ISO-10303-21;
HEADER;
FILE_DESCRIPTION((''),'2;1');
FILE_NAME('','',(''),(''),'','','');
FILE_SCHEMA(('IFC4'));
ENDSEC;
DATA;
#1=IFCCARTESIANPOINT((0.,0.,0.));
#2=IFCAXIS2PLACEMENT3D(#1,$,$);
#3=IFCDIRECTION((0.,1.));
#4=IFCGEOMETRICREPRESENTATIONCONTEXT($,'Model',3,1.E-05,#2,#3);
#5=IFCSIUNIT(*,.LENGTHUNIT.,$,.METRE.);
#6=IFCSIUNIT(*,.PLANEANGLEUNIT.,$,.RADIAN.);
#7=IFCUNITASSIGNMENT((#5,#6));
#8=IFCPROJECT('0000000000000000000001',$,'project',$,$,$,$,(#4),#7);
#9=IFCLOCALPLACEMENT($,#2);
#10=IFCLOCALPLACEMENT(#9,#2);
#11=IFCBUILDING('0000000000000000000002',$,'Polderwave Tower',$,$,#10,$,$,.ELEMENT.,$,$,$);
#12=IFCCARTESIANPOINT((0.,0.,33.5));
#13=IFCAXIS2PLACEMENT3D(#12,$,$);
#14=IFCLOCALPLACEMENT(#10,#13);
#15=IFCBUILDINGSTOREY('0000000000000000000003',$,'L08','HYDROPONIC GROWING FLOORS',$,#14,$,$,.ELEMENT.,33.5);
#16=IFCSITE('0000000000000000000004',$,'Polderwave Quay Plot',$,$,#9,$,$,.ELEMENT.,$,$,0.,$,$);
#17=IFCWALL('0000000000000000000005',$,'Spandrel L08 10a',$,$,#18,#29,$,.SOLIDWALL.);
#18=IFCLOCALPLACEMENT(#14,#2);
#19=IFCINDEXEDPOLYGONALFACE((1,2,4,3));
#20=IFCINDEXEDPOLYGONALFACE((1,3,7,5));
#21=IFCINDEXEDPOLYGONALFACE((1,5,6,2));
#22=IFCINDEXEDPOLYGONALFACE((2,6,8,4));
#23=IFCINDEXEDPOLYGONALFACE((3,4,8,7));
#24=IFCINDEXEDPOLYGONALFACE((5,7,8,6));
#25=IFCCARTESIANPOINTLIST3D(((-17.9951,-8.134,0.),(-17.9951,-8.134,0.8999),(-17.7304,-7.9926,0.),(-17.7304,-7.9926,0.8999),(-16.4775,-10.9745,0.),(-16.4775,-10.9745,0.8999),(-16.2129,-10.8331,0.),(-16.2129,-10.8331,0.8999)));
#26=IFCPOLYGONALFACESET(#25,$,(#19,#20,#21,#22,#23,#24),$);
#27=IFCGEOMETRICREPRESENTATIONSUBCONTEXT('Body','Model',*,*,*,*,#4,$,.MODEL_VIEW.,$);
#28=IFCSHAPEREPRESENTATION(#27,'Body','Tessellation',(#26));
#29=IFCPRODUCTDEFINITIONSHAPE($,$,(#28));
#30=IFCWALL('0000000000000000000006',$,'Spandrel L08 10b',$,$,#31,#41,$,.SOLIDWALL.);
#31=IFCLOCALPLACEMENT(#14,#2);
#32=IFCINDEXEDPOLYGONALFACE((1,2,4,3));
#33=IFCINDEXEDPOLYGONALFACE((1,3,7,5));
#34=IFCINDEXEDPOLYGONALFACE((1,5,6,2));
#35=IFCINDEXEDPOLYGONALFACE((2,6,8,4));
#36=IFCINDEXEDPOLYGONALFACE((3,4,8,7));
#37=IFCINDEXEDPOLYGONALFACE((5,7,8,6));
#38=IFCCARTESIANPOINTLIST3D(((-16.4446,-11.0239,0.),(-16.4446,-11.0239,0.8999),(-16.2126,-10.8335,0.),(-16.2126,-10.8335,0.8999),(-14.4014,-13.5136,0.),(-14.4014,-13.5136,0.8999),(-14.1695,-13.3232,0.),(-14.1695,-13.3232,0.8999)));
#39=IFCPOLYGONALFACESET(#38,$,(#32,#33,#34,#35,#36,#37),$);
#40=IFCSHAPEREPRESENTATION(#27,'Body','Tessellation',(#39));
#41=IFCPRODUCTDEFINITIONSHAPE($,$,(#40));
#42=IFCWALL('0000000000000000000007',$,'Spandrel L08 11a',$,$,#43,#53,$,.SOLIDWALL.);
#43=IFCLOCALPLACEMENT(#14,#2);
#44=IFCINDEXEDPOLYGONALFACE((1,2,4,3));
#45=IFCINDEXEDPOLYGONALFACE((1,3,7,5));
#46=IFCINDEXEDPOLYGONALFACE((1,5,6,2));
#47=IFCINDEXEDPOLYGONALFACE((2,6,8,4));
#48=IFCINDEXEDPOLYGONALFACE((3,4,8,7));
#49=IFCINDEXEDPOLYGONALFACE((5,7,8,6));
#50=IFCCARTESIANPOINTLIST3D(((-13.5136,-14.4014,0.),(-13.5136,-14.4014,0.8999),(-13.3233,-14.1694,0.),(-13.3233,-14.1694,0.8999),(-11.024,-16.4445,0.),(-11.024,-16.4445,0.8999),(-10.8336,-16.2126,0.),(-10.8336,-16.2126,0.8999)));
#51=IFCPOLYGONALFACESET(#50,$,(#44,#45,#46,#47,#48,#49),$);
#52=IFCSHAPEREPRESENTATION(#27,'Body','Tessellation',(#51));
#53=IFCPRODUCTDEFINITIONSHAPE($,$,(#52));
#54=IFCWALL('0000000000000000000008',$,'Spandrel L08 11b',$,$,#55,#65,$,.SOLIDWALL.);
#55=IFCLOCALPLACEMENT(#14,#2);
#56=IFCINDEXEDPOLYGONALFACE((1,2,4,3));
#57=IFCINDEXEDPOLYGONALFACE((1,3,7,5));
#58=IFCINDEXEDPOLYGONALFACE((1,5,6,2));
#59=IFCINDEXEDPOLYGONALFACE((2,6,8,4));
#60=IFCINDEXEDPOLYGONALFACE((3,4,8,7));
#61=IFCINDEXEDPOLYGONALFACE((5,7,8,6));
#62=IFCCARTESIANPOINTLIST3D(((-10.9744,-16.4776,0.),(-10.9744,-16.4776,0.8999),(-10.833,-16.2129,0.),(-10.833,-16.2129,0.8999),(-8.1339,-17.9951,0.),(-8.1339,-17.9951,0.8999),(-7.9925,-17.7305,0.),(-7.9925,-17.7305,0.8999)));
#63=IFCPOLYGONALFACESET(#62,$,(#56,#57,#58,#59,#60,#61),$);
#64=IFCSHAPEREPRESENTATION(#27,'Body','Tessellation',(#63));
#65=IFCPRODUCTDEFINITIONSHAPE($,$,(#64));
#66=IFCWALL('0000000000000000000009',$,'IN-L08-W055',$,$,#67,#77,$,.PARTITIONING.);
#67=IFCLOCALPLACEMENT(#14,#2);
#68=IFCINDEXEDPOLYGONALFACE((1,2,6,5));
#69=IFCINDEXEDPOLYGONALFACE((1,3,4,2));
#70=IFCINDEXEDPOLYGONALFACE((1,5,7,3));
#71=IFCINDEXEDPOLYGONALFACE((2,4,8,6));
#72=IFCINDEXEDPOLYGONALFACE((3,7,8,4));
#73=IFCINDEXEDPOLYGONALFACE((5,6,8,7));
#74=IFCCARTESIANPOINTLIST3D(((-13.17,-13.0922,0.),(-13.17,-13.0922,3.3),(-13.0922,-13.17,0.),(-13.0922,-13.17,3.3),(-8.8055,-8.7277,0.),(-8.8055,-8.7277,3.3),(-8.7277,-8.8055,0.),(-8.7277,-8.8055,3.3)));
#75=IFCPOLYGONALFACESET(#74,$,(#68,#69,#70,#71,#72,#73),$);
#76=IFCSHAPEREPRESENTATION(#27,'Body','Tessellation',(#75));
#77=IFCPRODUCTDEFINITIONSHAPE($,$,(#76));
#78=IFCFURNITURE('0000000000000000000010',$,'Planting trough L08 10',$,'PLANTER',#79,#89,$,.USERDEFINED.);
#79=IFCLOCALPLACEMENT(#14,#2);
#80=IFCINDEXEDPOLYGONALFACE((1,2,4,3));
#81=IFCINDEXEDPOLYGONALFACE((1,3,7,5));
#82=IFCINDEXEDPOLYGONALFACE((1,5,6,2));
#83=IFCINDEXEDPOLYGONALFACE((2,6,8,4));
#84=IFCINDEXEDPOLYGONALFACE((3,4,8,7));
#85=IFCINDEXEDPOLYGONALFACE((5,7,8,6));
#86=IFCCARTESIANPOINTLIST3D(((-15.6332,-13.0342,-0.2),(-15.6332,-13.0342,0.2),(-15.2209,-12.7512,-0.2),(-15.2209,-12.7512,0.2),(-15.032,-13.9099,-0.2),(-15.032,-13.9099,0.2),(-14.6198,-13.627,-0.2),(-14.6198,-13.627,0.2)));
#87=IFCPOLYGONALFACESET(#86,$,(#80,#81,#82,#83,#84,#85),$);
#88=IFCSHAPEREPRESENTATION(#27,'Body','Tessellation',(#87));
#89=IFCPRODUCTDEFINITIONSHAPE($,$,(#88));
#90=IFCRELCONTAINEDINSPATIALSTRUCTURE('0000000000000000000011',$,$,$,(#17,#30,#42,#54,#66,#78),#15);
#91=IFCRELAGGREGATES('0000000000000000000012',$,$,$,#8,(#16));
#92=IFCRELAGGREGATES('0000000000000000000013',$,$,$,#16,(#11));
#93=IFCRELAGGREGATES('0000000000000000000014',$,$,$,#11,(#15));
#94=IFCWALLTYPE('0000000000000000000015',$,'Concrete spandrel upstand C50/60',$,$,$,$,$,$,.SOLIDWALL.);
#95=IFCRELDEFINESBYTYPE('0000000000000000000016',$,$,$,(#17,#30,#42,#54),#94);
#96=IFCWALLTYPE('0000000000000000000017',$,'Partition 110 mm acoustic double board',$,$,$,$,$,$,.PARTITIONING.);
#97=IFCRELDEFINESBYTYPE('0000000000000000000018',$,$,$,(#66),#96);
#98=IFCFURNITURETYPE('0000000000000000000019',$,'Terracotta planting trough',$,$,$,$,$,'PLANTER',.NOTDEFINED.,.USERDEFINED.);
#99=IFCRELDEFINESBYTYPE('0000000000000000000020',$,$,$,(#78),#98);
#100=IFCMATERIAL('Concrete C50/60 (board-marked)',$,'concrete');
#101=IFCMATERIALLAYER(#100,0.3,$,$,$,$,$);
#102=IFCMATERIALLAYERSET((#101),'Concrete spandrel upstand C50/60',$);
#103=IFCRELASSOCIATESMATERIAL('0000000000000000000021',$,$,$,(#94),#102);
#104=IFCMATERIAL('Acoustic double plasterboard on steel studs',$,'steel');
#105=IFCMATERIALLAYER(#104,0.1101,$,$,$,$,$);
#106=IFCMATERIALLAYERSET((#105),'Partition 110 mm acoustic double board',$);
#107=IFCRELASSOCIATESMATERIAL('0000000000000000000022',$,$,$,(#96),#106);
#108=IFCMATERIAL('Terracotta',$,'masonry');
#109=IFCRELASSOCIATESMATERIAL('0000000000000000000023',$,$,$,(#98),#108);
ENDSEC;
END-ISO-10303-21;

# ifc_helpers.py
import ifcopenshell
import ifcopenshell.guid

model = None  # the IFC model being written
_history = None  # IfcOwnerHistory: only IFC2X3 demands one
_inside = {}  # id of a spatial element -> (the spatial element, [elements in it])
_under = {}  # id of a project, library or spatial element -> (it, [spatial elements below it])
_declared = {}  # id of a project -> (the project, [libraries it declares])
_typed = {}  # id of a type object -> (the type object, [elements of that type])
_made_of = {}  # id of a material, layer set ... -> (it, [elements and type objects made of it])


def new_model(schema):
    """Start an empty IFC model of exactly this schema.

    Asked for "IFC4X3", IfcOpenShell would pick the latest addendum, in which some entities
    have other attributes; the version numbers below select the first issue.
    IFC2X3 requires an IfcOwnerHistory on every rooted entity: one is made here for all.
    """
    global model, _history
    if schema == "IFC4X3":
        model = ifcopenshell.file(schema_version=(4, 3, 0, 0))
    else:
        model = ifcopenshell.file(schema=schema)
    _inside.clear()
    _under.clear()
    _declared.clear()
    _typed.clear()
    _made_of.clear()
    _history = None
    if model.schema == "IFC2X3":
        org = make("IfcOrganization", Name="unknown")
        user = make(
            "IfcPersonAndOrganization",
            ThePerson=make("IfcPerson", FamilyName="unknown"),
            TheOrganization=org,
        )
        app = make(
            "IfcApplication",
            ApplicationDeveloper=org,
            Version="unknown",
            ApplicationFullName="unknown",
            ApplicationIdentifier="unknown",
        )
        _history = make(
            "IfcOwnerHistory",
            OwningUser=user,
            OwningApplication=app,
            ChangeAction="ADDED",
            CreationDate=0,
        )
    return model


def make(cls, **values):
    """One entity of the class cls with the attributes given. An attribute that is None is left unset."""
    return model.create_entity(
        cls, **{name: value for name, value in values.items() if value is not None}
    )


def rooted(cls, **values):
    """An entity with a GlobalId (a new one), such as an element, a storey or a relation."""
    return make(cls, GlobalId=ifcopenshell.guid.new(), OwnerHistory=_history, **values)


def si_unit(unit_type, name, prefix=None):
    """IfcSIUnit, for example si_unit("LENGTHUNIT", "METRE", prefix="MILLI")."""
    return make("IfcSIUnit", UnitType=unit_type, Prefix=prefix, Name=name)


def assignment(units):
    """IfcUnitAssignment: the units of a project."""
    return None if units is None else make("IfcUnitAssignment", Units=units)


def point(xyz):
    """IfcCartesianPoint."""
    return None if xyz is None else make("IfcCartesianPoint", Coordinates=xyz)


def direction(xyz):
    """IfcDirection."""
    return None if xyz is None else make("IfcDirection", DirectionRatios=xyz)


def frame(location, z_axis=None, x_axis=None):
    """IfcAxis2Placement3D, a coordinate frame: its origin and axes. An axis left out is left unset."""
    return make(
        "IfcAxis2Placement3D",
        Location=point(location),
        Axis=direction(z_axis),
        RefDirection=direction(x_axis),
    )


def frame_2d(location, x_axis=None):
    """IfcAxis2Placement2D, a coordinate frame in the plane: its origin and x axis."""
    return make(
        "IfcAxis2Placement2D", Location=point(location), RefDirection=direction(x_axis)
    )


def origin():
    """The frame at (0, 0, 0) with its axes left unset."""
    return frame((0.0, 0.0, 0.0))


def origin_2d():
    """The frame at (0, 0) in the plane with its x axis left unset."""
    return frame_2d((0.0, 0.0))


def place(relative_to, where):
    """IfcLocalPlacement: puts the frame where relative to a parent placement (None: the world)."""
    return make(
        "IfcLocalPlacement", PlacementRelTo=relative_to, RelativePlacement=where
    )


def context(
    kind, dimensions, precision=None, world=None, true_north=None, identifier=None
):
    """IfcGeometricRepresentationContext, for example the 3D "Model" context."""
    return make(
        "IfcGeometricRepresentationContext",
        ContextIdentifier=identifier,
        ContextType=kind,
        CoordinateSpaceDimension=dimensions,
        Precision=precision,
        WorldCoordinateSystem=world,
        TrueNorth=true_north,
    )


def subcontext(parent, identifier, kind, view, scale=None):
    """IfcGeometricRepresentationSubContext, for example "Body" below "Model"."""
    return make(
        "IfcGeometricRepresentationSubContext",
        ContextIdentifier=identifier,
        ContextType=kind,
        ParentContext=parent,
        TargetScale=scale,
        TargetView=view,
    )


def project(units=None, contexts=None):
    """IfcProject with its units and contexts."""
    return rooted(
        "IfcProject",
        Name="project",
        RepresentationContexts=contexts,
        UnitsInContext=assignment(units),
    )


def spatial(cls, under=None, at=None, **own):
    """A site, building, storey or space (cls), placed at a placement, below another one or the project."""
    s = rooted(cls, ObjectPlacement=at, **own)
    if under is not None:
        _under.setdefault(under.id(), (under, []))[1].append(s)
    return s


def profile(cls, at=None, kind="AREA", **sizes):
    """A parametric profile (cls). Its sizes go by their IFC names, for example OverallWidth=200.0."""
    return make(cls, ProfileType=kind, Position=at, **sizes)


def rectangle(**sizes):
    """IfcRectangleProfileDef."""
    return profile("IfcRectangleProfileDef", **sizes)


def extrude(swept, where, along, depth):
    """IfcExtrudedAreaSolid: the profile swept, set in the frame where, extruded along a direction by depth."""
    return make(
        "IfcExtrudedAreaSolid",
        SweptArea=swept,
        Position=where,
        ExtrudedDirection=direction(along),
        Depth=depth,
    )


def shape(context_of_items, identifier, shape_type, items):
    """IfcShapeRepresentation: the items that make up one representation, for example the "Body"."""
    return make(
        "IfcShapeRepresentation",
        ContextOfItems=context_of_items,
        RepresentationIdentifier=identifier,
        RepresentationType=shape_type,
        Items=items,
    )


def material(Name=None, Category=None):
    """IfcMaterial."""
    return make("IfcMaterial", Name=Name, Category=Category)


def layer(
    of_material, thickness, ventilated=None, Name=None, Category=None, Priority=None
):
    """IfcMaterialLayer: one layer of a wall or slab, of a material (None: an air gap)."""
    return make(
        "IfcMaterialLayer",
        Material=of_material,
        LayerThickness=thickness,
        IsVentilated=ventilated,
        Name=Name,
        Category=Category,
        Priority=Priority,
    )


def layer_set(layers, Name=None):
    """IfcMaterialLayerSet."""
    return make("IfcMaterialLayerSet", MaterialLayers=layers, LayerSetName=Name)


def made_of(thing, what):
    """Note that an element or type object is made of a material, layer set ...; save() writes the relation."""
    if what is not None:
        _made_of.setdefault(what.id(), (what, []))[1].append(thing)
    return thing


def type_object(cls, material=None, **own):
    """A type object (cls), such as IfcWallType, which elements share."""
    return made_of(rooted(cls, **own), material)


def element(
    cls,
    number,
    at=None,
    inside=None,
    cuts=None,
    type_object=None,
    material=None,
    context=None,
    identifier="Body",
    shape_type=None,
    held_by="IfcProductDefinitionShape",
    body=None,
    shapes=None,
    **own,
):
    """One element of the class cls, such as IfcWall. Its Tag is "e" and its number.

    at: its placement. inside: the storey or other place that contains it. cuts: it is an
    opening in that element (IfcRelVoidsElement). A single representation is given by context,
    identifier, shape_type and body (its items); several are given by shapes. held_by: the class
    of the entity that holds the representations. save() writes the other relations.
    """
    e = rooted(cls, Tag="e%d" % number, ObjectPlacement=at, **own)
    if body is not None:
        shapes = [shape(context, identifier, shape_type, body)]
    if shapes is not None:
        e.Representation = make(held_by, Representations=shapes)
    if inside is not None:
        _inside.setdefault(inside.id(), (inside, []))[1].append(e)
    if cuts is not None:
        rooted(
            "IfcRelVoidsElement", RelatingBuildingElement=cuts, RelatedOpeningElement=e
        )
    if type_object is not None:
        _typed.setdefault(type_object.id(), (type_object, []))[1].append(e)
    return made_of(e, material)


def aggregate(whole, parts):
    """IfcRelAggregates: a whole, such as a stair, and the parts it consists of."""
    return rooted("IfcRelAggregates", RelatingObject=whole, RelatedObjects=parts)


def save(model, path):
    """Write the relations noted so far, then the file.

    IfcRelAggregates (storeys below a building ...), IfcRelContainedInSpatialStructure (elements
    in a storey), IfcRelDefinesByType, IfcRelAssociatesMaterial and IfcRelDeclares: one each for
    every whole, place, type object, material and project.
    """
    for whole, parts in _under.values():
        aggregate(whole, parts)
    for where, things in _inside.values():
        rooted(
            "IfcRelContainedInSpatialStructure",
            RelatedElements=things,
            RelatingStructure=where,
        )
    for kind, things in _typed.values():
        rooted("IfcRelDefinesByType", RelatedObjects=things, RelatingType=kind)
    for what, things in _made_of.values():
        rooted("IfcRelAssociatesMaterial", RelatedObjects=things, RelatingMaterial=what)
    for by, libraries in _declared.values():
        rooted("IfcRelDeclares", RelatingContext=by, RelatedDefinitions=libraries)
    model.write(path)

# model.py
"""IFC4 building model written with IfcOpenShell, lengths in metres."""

from ifc_helpers import new_model, si_unit, direction, frame, frame_2d, origin, origin_2d, place, context, subcontext, project, spatial, rectangle, extrude, material, layer, layer_set, type_object, element, save


model = new_model("IFC4")

# Units and contexts
model_context = context("Model", 3, precision=1e-05, world=origin(), true_north=direction((0.0, 1.0)))
body_context = subcontext(model_context, "Body", "Model", "MODEL_VIEW")
ifc_project = project(units=[si_unit("LENGTHUNIT", "METRE"), si_unit("PLANEANGLEUNIT", "RADIAN")], contexts=[model_context])

# Site, building, storey
site_placement = place(None, origin())
site = spatial("IfcSite", under=ifc_project, at=site_placement, Name="Polderwave Quay Plot", CompositionType="ELEMENT", RefElevation=0.0)
building_placement = place(site_placement, origin())
building = spatial("IfcBuilding", under=site, at=building_placement, Name="Polderwave Tower", CompositionType="ELEMENT")
storey_placement = place(building_placement, frame((0.0, 0.0, 33.5)))
storey = spatial("IfcBuildingStorey", under=building, at=storey_placement, Name="L08", Description="HYDROPONIC GROWING FLOORS", CompositionType="ELEMENT", Elevation=33.5)

# Walls
ifc_material_1 = material(Name="Concrete C50/60 (board-marked)", Category="concrete")
ifc_layer_1 = layer(ifc_material_1, 0.3)
ifc_layer_set_1 = layer_set([ifc_layer_1], Name="Concrete spandrel upstand C50/60")
wall_type_1 = type_object("IfcWallType", Name="Concrete spandrel upstand C50/60", PredefinedType="SOLIDWALL", material=ifc_layer_set_1)
wall_1_placement = place(storey_placement, frame((-17.8628, -8.0632, 0.0), z_axis=(0.0, 0.0, 1.0), x_axis=(0.471218, -0.882017, 0.0)))
element("IfcWall", 1, at=wall_1_placement, inside=storey, type_object=wall_type_1, Name="Spandrel L08 10a", PredefinedType="SOLIDWALL", context=body_context, shape_type="SweptSolid", body=[
    extrude(rectangle(XDim=3.2205, YDim=0.3, at=frame_2d((1.6104, 0.0))), origin(), (0.0, 0.0, 1.0), 0.8999),
])
for number, where, z_axis, x_axis, name in (
    (2, (-16.3286, -10.9287, 0.0), (0.0, 0.0, 1.0), (0.63438, -0.773021, 0.0), "Spandrel L08 10b"),
    (3, (-13.4185, -14.2854, 0.0), (0.0, 0.0, 1.0), (0.773021, -0.63438, 0.0), "Spandrel L08 11a"),
):
    element("IfcWall", number, at=place(storey_placement, frame(where, z_axis=z_axis, x_axis=x_axis)), inside=storey, type_object=wall_type_1, Name=name, PredefinedType="SOLIDWALL", context=body_context, shape_type="SweptSolid", body=[
        extrude(rectangle(XDim=3.2207, YDim=0.3, at=frame_2d((1.6104, 0.0))), origin(), (0.0, 0.0, 1.0), 0.8999),
    ])
wall_2_placement = place(storey_placement, frame((-10.9038, -16.3452, 0.0), z_axis=(0.0, 0.0, 1.0), x_axis=(0.882017, -0.471218, 0.0)))
element("IfcWall", 4, at=wall_2_placement, inside=storey, type_object=wall_type_1, Name="Spandrel L08 11b", PredefinedType="SOLIDWALL", context=body_context, shape_type="SweptSolid", body=[
    extrude(rectangle(XDim=3.2205, YDim=0.3, at=frame_2d((1.6104, 0.0))), origin(), (0.0, 0.0, 1.0), 0.8999),
])
ifc_material_2 = material(Name="Acoustic double plasterboard on steel studs", Category="steel")
ifc_layer_2 = layer(ifc_material_2, 0.1101)
ifc_layer_set_2 = layer_set([ifc_layer_2], Name="Partition 110 mm acoustic double board")
wall_type_2 = type_object("IfcWallType", Name="Partition 110 mm acoustic double board", PredefinedType="PARTITIONING", material=ifc_layer_set_2)
wall_3_placement = place(storey_placement, frame((-13.1311, -13.1311, 0.0), z_axis=(0.0, 0.0, 1.0), x_axis=(0.707107, 0.707107, 0.0)))
element("IfcWall", 5, at=wall_3_placement, inside=storey, type_object=wall_type_2, Name="IN-L08-W055", PredefinedType="PARTITIONING", context=body_context, shape_type="SweptSolid", body=[
    extrude(rectangle(XDim=6.1724, YDim=0.1101, at=frame_2d((3.0862, 0.0))), origin(), (0.0, 0.0, 1.0), 3.3),
])

# Furniture
ifc_material_3 = material(Name="Terracotta", Category="masonry")
furniture_type = type_object("IfcFurnitureType", Name="Terracotta planting trough", ElementType="PLANTER", AssemblyPlace="NOTDEFINED", PredefinedType="USERDEFINED", material=ifc_material_3)
furniture_placement = place(storey_placement, frame((-15.1265, -13.3306, -0.2), z_axis=(0.0, 0.0, 1.0), x_axis=(0.565955, -0.824436, 0.0)))
element("IfcFurniture", 6, at=furniture_placement, inside=storey, type_object=furniture_type, Name="Planting trough L08 10", ObjectType="PLANTER", PredefinedType="USERDEFINED", context=body_context, shape_type="SweptSolid", body=[
    extrude(rectangle(XDim=1.0623, YDim=0.5, at=origin_2d()), origin(), (0.0, 0.0, 1.0), 0.3999),
])

save(model, "model.ifc")
